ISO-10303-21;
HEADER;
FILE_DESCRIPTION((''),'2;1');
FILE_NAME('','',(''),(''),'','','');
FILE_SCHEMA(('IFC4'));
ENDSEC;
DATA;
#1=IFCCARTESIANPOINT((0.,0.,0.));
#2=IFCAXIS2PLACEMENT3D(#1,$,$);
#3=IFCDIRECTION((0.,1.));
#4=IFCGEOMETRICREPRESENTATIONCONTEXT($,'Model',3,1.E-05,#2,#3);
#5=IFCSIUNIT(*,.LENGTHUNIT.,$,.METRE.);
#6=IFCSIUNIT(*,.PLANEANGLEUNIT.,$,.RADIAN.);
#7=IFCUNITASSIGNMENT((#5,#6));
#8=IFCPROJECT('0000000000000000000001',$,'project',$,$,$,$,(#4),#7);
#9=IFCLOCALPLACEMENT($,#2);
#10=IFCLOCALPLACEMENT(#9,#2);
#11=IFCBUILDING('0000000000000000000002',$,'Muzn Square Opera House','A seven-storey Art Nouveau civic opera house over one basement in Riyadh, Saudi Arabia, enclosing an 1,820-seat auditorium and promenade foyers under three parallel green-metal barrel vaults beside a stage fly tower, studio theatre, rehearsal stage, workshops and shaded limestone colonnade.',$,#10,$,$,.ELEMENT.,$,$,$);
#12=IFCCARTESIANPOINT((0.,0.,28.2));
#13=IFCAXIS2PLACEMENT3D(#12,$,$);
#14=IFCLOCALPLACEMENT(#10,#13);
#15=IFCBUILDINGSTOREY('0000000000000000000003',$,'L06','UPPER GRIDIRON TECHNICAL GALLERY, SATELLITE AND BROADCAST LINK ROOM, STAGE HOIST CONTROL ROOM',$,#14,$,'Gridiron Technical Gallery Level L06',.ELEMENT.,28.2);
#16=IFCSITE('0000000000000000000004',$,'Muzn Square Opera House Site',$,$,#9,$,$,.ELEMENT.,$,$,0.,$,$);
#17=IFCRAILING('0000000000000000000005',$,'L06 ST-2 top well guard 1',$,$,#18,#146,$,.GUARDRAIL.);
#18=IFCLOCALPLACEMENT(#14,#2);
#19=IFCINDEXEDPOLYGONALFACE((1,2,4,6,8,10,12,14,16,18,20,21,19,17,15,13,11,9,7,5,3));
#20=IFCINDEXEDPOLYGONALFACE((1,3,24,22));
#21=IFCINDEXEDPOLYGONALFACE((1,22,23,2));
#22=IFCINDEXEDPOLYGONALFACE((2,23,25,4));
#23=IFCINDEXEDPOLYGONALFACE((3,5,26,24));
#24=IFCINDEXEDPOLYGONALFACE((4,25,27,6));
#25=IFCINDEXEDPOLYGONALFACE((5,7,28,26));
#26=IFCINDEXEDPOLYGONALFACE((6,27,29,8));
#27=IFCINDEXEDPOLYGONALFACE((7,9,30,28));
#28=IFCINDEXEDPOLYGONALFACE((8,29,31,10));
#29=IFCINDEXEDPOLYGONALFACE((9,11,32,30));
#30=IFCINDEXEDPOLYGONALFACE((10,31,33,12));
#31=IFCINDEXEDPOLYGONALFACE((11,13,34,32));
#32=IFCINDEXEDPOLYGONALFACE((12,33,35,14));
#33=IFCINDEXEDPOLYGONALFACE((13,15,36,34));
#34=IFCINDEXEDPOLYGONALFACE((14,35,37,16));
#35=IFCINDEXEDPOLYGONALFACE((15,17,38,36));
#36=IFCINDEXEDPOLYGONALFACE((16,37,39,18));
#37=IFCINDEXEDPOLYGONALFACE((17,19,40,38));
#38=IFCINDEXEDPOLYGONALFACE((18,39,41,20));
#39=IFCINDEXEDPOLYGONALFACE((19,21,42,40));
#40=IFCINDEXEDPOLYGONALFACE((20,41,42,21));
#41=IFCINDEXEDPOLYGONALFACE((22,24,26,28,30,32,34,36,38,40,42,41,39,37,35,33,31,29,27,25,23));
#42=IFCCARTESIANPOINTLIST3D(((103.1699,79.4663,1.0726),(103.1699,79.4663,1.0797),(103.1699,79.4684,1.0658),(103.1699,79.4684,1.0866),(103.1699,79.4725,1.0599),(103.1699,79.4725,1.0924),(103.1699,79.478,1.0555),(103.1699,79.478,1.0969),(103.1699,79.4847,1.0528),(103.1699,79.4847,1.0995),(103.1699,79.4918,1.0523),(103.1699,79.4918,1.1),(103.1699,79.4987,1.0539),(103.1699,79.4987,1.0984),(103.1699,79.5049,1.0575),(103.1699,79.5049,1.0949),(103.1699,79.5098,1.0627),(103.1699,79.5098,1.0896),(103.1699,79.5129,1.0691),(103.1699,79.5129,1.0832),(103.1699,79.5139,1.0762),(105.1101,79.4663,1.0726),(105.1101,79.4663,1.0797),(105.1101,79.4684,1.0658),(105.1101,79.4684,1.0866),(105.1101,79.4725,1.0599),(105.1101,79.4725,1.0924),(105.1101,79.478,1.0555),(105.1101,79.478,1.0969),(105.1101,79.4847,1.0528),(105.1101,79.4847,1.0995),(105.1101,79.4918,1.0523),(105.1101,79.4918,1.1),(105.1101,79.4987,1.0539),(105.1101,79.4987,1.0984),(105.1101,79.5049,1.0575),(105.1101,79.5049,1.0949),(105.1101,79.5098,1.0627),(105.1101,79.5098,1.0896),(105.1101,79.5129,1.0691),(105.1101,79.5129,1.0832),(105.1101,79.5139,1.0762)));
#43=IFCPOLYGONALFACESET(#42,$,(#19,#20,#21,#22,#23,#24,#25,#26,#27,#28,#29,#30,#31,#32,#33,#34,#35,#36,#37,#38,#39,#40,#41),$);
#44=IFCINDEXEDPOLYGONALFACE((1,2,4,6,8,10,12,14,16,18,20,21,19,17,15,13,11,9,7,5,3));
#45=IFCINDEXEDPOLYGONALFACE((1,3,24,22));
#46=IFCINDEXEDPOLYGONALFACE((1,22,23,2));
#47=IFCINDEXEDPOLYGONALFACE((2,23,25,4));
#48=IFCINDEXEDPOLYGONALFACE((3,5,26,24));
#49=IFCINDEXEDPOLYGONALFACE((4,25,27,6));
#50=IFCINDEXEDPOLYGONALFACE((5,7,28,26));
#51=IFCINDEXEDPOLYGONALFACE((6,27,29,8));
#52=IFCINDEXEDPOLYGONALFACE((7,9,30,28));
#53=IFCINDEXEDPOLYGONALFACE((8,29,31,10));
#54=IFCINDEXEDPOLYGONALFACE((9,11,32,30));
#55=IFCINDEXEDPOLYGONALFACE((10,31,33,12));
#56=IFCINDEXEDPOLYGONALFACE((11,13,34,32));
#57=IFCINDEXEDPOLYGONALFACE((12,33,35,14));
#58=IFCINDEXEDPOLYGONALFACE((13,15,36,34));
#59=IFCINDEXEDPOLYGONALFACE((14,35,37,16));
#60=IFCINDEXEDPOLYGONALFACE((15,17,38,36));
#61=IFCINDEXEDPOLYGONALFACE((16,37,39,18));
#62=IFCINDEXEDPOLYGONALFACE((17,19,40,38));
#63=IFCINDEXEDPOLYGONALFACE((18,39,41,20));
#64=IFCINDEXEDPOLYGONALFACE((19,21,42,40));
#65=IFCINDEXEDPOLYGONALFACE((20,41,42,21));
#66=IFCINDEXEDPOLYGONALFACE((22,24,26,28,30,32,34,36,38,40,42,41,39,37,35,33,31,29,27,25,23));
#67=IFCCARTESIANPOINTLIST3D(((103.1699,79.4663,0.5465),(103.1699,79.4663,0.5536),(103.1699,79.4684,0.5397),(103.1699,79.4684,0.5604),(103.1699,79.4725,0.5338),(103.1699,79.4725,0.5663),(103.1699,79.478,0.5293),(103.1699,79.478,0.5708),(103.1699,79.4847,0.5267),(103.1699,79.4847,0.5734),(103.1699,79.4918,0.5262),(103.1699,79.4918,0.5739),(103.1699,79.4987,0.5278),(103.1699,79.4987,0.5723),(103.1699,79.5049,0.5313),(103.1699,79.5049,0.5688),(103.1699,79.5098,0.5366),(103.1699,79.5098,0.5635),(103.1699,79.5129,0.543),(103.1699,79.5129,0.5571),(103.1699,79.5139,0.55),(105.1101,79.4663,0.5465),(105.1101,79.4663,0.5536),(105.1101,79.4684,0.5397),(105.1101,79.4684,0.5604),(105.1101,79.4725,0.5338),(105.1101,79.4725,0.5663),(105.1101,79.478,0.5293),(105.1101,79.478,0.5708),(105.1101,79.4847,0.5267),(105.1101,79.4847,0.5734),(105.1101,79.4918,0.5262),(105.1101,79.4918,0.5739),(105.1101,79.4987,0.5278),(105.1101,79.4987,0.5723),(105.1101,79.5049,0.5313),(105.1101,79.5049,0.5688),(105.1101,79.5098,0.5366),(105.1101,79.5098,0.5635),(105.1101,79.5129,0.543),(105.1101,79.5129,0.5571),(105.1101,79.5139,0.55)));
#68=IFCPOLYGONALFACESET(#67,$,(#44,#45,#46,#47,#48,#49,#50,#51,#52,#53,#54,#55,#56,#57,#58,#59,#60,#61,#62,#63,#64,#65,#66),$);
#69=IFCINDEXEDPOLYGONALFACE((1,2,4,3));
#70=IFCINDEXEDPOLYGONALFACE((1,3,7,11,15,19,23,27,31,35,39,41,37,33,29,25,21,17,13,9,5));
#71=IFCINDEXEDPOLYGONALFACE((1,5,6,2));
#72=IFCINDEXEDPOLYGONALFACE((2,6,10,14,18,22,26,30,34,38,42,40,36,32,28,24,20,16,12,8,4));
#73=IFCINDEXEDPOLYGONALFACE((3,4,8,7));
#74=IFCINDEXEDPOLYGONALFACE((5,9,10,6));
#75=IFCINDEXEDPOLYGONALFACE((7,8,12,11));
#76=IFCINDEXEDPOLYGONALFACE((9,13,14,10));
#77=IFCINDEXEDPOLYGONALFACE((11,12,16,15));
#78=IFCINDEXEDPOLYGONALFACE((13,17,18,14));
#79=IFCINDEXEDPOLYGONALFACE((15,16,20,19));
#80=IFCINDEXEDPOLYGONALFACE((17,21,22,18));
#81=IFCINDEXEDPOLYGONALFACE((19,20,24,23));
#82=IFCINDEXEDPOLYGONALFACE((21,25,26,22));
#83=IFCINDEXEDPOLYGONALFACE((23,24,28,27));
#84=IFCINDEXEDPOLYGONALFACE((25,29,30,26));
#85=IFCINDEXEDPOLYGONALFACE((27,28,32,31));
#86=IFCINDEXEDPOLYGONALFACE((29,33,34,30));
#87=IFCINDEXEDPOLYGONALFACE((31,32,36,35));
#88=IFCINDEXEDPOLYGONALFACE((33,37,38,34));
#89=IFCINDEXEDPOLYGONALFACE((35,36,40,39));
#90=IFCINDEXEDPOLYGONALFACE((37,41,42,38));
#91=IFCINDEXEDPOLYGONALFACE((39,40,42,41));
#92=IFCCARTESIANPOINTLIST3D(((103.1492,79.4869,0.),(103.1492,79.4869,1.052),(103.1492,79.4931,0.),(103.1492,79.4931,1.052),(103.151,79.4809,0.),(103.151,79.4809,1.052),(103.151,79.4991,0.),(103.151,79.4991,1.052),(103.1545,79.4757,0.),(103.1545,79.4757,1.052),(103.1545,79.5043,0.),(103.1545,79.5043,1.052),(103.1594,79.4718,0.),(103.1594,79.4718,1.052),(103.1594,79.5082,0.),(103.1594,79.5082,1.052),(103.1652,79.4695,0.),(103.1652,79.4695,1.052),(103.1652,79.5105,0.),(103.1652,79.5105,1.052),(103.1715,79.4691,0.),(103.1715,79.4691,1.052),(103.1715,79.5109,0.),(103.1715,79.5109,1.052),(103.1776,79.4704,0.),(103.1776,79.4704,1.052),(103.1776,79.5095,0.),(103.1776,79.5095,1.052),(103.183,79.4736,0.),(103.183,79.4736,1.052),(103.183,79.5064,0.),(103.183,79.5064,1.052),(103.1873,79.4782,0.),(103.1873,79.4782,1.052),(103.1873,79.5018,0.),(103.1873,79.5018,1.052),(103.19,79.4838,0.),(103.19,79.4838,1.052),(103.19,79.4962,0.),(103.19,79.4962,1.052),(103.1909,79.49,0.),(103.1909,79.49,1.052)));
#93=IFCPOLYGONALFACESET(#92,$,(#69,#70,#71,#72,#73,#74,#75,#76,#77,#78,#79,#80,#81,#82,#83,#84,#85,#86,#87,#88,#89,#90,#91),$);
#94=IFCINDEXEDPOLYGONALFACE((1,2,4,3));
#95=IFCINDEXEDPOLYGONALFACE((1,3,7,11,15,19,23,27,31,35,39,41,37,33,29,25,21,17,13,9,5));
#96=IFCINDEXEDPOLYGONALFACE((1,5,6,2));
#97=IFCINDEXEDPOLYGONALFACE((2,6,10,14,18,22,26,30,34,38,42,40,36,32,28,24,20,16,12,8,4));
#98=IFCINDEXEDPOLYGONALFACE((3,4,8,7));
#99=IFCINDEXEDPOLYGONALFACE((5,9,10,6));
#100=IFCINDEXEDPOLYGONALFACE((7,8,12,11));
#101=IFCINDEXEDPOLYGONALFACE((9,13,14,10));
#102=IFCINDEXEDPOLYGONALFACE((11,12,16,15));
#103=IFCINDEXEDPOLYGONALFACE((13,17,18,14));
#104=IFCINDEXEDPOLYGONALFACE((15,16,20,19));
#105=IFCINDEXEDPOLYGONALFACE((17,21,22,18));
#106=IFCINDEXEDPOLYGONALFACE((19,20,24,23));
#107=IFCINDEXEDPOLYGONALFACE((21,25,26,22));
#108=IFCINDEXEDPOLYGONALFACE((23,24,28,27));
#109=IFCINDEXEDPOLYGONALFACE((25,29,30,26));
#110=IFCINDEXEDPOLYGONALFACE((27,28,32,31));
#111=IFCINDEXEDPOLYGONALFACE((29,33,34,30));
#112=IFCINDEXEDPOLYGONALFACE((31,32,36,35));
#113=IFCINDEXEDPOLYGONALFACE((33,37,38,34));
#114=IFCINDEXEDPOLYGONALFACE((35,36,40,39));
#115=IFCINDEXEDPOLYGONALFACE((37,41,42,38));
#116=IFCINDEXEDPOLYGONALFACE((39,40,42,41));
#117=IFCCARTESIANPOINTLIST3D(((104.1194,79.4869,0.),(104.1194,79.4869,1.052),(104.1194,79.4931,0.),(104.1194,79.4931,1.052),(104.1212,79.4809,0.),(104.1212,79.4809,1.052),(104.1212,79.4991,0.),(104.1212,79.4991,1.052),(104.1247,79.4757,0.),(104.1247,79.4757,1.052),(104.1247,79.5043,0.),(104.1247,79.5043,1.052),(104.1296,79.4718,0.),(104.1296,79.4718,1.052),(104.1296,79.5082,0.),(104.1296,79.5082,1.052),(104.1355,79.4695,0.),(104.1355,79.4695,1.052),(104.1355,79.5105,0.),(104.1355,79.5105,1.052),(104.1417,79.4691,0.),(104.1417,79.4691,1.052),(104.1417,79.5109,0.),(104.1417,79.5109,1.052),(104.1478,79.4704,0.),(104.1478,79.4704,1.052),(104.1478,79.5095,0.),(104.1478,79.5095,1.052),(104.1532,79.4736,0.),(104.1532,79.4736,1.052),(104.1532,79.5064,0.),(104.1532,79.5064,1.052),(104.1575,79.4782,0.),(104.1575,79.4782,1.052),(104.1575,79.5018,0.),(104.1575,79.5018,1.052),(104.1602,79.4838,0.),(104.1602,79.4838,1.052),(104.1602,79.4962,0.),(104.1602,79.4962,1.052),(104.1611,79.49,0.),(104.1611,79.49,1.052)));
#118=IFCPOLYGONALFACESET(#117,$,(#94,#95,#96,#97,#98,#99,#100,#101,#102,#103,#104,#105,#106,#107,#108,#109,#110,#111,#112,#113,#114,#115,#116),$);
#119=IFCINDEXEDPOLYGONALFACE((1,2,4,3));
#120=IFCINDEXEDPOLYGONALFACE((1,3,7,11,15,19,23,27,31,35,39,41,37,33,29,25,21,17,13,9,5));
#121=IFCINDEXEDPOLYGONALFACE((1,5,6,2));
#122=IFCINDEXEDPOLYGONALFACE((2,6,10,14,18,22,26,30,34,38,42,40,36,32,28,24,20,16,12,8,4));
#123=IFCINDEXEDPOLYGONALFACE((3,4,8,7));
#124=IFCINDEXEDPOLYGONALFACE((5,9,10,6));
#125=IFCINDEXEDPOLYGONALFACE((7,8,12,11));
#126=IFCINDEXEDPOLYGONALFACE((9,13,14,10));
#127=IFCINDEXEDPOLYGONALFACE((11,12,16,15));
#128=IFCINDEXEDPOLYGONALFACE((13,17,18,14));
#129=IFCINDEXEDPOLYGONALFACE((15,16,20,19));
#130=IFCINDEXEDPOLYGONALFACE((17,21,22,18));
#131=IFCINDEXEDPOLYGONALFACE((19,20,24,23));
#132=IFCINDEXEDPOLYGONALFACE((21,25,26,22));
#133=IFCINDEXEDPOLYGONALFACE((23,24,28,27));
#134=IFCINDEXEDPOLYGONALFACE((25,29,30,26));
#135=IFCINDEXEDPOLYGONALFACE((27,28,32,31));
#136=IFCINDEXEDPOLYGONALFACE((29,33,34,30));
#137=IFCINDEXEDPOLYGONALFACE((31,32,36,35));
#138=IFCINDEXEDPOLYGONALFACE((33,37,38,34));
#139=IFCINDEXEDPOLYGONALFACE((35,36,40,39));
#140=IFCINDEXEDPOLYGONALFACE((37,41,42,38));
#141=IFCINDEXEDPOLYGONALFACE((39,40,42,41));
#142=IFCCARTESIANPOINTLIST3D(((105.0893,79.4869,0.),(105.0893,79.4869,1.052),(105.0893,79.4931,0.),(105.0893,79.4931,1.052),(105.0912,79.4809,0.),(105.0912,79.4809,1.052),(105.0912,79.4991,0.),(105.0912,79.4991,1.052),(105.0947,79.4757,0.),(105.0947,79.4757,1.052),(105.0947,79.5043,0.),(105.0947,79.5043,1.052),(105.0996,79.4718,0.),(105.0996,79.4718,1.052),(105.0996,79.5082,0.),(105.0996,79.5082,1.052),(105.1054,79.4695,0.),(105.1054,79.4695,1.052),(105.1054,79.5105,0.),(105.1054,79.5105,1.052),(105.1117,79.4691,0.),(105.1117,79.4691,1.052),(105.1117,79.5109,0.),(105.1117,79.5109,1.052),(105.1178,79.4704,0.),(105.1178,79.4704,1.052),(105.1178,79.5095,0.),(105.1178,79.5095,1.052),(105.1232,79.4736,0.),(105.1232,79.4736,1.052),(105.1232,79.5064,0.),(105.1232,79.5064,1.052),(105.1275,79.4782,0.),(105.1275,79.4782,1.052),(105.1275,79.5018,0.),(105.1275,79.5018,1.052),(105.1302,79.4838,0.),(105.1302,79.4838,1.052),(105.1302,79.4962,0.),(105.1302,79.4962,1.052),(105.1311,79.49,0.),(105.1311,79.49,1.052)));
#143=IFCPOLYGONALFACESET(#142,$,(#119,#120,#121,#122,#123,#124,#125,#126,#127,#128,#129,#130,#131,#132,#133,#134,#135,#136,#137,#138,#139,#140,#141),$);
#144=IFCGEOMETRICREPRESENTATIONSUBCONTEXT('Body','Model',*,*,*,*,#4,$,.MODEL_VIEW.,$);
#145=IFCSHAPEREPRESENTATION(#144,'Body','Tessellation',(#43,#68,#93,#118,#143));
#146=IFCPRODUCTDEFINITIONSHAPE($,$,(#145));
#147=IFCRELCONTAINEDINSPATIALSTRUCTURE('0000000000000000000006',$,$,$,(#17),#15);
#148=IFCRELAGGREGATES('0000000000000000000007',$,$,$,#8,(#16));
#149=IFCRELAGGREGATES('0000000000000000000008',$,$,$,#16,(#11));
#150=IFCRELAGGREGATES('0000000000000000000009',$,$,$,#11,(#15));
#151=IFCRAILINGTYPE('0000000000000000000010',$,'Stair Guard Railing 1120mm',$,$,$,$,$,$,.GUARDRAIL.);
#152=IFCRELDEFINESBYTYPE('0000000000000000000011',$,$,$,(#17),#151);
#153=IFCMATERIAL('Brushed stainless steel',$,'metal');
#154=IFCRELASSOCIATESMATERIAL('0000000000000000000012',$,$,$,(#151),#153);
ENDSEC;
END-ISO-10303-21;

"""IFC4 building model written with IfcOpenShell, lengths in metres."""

from ifc_helpers import new_model, si_unit, direction, frame, origin, origin_2d, place, context, subcontext, project, spatial, circle, extrude, material, type_object, element, save


model = new_model("IFC4")

# Units and contexts
model_context = context("Model", 3, precision=1e-05, world=origin(), true_north=direction((0.0, 1.0)))
body_context = subcontext(model_context, "Body", "Model", "MODEL_VIEW")
ifc_project = project(units=[si_unit("LENGTHUNIT", "METRE"), si_unit("PLANEANGLEUNIT", "RADIAN")], contexts=[model_context])

# Site, building, storey
site_placement = place(None, origin())
site = spatial("IfcSite", under=ifc_project, at=site_placement, Name="Muzn Square Opera House Site", CompositionType="ELEMENT", RefElevation=0.0)
building_placement = place(site_placement, origin())
building = spatial("IfcBuilding", under=site, at=building_placement, Name="Muzn Square Opera House", Description="A seven-storey Art Nouveau civic opera house over one basement in Riyadh, Saudi Arabia, enclosing an 1,820-seat auditorium and promenade foyers under three parallel green-metal barrel vaults beside a stage fly tower, studio theatre, rehearsal stage, workshops and shaded limestone colonnade.", CompositionType="ELEMENT")
storey_placement = place(building_placement, frame((0.0, 0.0, 28.2)))
storey = spatial("IfcBuildingStorey", under=building, at=storey_placement, Name="L06", Description="UPPER GRIDIRON TECHNICAL GALLERY, SATELLITE AND BROADCAST LINK ROOM, STAGE HOIST CONTROL ROOM", LongName="Gridiron Technical Gallery Level L06", CompositionType="ELEMENT", Elevation=28.2)

# Railing
ifc_material_1 = material(Name="Brushed stainless steel", Category="metal")
railing_type_1 = type_object("IfcRailingType", Name="Stair Guard Railing 1120mm", PredefinedType="GUARDRAIL", material=ifc_material_1)
railing_1_placement = place(storey_placement, frame((103.1699, 79.49, 0.0)))
element("IfcRailing", 1, at=railing_1_placement, inside=storey, type_object=railing_type_1, Name="L06 ST-2 top well guard 1", PredefinedType="GUARDRAIL", context=body_context, shape_type="SweptSolid", body=[
    extrude(circle(Radius=0.0239, at=origin_2d()), frame((0.0, 0.0, 1.0762), z_axis=(1.0, 0.0, 0.0), x_axis=(0.0, 1.0, 0.0)), (0.0, 0.0, 1.0), 1.9402),
    extrude(circle(Radius=0.0239, at=origin_2d()), frame((0.0, 0.0, 0.55), z_axis=(1.0, 0.0, 0.0), x_axis=(0.0, 1.0, 0.0)), (0.0, 0.0, 1.0), 1.9402),
    extrude(circle(Radius=0.021, at=origin_2d()), origin(), (0.0, 0.0, 1.0), 1.052),
    extrude(circle(Radius=0.021, at=origin_2d()), frame((0.9702, 0.0, 0.0)), (0.0, 0.0, 1.0), 1.052),
    extrude(circle(Radius=0.021, at=origin_2d()), frame((1.9402, 0.0, 0.0)), (0.0, 0.0, 1.0), 1.052),
])

save(model, "model.ifc")
